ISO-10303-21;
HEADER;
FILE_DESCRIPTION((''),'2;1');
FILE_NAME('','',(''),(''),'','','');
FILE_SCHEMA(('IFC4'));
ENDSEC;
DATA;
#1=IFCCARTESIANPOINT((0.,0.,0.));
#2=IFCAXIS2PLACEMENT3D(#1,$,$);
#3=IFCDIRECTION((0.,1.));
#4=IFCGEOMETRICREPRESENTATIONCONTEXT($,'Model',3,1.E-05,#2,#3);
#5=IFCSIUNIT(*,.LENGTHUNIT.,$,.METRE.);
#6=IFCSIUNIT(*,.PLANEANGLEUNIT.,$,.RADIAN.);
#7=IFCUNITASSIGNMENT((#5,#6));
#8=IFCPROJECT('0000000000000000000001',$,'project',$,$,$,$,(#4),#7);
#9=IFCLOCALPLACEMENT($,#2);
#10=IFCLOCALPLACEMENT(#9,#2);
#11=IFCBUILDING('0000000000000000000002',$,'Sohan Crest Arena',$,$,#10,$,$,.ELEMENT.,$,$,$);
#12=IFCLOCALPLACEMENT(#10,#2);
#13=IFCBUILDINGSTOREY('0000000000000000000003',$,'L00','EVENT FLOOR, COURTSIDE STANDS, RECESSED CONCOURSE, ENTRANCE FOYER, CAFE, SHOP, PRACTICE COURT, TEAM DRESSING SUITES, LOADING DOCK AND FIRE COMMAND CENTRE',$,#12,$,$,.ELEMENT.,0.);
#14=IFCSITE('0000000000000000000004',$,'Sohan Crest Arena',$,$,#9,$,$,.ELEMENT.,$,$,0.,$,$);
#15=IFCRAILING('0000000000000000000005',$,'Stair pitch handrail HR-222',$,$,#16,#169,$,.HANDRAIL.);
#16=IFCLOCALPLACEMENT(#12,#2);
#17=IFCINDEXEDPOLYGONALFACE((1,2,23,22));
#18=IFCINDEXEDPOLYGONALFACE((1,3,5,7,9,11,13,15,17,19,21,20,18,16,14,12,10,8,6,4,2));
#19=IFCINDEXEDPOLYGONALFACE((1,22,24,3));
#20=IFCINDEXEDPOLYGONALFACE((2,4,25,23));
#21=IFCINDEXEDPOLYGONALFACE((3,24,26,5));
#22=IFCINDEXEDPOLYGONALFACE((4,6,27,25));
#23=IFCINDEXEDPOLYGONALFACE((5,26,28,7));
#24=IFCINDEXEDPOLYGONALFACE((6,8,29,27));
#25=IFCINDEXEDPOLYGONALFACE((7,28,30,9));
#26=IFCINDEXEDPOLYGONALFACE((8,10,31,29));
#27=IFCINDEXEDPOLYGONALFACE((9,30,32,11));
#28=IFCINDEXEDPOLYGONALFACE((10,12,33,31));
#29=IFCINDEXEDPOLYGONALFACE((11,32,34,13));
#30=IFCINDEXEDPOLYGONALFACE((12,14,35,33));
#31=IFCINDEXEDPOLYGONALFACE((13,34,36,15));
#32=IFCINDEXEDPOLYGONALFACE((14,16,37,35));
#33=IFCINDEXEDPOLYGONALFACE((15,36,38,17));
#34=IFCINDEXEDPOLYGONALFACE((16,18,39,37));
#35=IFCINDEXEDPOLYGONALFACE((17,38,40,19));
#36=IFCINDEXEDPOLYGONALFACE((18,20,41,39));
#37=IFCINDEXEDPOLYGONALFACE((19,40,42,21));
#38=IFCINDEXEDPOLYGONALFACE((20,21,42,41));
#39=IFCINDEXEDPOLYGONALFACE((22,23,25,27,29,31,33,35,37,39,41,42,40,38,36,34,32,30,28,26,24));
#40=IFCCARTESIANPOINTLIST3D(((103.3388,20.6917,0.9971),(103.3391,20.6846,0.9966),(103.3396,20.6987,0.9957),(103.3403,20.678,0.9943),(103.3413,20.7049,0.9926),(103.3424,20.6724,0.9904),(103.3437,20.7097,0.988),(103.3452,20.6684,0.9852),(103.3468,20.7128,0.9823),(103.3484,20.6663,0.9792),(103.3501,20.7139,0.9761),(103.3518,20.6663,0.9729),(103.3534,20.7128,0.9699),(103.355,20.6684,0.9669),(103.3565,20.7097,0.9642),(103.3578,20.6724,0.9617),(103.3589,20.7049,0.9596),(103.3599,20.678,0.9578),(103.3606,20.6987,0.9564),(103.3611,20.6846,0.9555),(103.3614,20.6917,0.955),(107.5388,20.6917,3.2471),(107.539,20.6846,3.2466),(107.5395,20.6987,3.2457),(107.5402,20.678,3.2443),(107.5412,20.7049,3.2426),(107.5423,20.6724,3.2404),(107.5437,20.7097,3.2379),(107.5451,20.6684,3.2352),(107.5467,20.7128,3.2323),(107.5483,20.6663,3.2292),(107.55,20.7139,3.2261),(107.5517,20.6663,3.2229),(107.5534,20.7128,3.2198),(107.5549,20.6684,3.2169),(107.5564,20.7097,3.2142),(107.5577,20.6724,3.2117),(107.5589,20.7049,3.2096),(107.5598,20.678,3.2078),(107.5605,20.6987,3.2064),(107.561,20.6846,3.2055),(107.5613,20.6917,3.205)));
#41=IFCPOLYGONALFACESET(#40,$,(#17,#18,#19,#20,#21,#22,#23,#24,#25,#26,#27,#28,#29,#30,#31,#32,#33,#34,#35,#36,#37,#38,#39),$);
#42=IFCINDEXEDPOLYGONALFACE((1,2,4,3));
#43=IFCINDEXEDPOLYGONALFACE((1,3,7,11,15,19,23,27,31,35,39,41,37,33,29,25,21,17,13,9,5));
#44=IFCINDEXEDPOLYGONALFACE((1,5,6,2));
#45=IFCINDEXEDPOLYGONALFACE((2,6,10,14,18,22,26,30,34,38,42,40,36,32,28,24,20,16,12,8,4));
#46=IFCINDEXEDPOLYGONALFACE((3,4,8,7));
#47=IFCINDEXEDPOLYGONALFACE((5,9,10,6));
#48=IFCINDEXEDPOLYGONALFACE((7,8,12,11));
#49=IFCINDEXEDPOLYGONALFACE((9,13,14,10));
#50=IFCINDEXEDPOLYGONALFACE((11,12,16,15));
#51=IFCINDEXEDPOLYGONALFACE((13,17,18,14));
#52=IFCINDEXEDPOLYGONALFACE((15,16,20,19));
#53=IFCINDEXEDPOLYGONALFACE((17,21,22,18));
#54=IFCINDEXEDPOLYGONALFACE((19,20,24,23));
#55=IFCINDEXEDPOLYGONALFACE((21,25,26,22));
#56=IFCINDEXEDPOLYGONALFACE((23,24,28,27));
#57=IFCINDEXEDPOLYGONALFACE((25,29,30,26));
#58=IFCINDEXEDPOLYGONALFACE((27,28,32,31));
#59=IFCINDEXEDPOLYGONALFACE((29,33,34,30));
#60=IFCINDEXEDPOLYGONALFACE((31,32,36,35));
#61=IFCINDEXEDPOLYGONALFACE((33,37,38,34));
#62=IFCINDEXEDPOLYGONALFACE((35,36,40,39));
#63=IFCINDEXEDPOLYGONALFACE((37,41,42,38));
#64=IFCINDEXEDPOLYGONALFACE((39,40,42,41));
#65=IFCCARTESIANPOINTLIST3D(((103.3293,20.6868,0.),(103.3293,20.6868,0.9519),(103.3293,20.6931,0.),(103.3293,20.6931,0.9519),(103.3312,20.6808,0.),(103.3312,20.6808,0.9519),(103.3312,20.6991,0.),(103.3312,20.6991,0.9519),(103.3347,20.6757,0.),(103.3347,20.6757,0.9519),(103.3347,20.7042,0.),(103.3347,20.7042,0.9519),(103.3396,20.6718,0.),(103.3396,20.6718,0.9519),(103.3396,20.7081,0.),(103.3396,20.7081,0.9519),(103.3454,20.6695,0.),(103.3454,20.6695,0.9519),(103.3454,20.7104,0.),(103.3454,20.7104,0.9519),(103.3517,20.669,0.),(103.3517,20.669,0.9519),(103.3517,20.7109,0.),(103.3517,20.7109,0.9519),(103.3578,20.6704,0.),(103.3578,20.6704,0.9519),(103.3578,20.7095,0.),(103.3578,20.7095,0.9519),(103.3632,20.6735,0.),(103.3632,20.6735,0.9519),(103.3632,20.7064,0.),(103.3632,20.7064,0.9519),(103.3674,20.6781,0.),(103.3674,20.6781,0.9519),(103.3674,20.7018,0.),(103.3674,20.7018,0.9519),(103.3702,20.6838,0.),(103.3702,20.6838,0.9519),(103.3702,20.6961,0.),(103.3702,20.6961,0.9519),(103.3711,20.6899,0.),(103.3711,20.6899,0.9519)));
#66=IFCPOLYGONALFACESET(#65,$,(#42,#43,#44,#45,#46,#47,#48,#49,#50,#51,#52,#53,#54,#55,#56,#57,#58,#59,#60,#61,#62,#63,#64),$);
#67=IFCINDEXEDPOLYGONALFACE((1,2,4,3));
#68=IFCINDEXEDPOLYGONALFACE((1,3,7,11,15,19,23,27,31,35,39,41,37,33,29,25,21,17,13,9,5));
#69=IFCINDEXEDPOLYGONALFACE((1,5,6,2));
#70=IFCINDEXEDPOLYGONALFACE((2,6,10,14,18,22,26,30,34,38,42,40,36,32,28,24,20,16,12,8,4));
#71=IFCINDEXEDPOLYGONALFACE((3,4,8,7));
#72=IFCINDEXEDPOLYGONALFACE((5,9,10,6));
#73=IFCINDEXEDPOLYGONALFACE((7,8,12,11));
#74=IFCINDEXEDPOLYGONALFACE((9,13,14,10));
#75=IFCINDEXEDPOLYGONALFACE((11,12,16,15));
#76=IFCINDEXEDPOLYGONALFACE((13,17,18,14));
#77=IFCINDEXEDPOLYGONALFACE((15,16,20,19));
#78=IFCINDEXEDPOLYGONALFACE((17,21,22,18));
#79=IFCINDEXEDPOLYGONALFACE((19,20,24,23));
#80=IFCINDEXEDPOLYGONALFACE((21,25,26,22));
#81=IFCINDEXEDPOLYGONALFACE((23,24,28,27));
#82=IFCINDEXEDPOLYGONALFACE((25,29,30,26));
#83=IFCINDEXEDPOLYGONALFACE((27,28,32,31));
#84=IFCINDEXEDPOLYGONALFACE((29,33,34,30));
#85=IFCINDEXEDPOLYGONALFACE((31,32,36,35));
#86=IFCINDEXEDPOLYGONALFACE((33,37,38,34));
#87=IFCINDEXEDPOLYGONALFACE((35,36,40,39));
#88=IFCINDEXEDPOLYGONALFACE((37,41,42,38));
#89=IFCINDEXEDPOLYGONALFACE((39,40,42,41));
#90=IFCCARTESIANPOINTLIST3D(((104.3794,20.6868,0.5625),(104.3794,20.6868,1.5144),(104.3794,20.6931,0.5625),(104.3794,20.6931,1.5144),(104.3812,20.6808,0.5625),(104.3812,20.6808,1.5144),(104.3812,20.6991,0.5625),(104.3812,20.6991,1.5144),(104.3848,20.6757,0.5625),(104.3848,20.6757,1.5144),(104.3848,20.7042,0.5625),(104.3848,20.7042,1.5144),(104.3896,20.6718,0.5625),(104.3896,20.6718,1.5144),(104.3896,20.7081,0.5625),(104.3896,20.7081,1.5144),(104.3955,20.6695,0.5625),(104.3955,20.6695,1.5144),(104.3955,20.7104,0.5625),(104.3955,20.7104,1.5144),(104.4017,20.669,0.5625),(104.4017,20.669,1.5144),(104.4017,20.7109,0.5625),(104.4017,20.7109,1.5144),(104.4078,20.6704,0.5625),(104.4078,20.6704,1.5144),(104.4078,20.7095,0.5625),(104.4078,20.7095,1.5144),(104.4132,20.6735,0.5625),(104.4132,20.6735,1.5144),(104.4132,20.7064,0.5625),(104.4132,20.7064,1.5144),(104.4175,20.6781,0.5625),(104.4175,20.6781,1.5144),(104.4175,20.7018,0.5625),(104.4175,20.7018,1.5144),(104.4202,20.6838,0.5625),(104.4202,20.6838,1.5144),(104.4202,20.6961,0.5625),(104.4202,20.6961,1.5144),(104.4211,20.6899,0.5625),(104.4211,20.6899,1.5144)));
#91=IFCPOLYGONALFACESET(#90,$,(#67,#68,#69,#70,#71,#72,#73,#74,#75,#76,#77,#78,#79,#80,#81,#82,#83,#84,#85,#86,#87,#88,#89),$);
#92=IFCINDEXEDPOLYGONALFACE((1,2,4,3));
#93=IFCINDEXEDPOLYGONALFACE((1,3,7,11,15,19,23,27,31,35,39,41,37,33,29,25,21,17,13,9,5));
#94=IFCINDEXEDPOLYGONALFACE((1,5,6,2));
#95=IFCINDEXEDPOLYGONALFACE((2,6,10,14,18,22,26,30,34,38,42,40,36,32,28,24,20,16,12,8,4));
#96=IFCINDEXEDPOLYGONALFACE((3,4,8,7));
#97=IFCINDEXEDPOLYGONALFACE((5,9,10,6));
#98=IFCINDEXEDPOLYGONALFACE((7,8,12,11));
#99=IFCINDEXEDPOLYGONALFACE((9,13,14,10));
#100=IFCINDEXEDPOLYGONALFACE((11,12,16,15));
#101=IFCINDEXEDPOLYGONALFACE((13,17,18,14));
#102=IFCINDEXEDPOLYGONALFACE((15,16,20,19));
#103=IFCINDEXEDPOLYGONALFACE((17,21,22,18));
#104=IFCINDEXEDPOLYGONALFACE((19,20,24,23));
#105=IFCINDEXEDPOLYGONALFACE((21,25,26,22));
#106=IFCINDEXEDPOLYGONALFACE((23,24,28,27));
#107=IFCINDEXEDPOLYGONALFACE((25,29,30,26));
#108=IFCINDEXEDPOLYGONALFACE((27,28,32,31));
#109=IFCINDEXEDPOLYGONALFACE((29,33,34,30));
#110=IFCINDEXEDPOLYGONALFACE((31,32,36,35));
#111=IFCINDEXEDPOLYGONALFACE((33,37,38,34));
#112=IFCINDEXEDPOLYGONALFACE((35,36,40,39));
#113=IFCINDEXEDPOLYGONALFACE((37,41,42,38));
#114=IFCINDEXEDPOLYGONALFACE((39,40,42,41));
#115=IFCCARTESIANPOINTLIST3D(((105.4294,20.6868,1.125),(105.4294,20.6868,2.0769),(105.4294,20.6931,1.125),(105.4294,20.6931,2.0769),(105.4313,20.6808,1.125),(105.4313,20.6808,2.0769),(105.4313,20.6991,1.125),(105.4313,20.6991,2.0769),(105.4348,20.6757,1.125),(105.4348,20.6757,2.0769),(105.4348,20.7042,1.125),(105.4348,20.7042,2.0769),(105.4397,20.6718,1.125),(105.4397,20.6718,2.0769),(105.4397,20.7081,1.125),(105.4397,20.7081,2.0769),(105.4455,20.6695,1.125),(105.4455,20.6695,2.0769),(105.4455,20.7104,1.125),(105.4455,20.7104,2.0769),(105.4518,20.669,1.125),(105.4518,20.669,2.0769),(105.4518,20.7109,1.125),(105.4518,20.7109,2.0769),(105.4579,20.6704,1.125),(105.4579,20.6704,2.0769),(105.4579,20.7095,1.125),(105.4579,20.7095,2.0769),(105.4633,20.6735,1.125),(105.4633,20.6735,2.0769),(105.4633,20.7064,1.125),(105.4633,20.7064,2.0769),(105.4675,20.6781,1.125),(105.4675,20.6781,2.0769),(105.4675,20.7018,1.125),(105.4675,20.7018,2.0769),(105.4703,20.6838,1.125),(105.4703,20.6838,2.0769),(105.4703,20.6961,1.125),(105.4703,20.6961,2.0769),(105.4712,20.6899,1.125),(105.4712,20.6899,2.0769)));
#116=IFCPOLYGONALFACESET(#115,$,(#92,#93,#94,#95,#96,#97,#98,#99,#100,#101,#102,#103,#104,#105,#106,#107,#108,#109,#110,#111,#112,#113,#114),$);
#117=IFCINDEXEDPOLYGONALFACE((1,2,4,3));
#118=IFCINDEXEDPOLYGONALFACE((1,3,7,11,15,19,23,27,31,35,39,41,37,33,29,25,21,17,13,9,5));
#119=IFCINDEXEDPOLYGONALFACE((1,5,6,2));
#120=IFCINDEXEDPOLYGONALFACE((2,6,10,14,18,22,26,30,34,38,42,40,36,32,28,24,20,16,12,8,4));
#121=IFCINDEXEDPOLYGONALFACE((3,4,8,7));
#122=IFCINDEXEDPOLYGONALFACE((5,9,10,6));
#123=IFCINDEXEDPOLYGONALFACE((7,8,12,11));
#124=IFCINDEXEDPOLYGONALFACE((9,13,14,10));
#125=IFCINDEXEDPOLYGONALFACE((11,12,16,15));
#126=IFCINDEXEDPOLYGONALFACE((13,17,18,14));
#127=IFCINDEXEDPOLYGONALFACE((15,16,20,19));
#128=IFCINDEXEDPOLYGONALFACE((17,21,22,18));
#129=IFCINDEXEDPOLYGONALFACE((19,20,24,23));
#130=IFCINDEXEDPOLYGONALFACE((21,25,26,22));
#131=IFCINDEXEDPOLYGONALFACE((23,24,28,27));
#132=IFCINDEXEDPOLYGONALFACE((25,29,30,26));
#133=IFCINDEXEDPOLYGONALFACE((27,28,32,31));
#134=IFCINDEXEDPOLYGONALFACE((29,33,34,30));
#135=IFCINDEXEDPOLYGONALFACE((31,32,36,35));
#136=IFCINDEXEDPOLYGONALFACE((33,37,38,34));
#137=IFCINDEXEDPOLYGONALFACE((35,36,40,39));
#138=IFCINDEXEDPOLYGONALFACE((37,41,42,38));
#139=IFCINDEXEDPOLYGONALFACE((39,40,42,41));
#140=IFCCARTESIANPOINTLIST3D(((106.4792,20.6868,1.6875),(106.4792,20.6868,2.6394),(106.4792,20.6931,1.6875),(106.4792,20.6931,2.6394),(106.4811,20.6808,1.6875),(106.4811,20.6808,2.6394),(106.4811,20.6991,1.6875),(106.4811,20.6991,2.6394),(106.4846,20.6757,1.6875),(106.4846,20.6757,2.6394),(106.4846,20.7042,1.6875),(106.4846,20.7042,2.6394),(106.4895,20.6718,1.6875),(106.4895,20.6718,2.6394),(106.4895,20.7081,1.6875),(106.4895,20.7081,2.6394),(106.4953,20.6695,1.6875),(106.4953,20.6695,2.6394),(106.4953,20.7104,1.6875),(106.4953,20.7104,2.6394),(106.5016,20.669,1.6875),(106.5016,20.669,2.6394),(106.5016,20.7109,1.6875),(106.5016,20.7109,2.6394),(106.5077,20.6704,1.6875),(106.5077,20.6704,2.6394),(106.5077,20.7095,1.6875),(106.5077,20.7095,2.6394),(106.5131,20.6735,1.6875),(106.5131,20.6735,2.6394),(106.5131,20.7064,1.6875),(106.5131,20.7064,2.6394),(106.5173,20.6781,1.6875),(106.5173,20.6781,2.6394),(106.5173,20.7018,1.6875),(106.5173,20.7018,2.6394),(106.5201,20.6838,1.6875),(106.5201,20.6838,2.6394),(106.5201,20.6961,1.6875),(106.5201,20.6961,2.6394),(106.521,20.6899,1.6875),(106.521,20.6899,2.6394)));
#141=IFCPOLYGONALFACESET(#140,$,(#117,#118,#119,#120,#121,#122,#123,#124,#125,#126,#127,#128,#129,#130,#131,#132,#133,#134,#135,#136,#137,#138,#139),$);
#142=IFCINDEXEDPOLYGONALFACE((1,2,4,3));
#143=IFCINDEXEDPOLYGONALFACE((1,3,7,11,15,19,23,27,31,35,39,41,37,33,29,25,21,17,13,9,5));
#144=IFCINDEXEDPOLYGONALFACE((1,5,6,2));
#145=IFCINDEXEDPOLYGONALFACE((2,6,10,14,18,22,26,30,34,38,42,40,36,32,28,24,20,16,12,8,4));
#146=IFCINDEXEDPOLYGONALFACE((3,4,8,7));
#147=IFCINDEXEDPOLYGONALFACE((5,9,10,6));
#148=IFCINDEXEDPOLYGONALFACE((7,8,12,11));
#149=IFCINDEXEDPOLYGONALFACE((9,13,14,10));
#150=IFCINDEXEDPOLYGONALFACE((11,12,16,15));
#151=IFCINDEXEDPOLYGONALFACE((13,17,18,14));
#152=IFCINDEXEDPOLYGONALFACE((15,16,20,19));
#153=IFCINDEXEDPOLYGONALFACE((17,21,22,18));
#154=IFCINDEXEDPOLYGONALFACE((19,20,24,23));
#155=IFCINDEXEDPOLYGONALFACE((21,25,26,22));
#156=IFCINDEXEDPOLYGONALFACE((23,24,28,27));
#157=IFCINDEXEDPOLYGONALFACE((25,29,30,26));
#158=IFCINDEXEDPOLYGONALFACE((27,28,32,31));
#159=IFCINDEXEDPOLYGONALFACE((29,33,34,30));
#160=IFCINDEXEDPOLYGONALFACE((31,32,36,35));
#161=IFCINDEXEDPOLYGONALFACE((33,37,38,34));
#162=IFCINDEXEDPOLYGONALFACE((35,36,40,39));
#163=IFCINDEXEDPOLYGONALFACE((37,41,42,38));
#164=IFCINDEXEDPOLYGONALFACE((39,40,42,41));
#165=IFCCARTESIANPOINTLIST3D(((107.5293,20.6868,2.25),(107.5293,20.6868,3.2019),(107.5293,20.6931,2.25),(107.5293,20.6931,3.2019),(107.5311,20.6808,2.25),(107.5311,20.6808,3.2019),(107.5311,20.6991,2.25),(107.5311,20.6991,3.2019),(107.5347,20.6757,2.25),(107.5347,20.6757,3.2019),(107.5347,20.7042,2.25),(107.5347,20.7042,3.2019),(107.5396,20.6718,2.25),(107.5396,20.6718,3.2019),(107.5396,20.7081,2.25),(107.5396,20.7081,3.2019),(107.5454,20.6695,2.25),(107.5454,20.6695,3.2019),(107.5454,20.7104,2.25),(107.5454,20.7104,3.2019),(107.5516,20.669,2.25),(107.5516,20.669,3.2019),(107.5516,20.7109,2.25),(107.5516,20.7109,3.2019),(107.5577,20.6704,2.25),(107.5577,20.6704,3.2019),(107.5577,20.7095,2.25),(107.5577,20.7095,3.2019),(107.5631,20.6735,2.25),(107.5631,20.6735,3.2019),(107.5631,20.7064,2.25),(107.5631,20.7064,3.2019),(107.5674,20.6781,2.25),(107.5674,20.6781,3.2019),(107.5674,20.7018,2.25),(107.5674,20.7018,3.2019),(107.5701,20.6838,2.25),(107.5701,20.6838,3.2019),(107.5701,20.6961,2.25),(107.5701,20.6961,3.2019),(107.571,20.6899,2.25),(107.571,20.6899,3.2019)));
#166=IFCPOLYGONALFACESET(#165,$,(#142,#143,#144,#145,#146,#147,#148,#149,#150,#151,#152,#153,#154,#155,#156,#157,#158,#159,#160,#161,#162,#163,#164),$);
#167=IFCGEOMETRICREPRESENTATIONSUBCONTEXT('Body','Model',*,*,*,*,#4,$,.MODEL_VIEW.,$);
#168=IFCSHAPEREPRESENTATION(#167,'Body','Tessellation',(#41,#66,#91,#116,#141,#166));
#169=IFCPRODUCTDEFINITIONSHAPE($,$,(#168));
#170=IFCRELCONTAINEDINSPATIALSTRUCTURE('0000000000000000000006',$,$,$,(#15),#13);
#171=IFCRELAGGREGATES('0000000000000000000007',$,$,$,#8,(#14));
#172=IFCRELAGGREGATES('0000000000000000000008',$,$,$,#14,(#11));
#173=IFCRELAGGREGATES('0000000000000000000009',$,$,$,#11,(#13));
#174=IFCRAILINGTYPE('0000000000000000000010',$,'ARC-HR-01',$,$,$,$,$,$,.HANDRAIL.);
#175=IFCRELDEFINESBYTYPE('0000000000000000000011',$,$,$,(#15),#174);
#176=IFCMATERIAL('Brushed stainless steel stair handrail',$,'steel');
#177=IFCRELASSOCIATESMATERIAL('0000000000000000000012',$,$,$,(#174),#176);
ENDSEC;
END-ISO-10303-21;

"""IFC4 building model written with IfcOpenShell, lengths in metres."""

from ifc_helpers import new_model, si_unit, direction, frame, origin, origin_2d, place, context, subcontext, project, spatial, circle, extrude, material, type_object, element, save


model = new_model("IFC4")

# Units and contexts
model_context = context("Model", 3, precision=1e-05, world=origin(), true_north=direction((0.0, 1.0)))
body_context = subcontext(model_context, "Body", "Model", "MODEL_VIEW")
ifc_project = project(units=[si_unit("LENGTHUNIT", "METRE"), si_unit("PLANEANGLEUNIT", "RADIAN")], contexts=[model_context])

# Site, building, storey
site_placement = place(None, origin())
site = spatial("IfcSite", under=ifc_project, at=site_placement, Name="Sohan Crest Arena", CompositionType="ELEMENT", RefElevation=0.0)
building_placement = place(site_placement, origin())
building = spatial("IfcBuilding", under=site, at=building_placement, Name="Sohan Crest Arena", CompositionType="ELEMENT")
storey_placement = place(building_placement, origin())
storey = spatial("IfcBuildingStorey", under=building, at=storey_placement, Name="L00", Description="EVENT FLOOR, COURTSIDE STANDS, RECESSED CONCOURSE, ENTRANCE FOYER, CAFE, SHOP, PRACTICE COURT, TEAM DRESSING SUITES, LOADING DOCK AND FIRE COMMAND CENTRE", CompositionType="ELEMENT", Elevation=0.0)

# Railing
ifc_material_1 = material(Name="Brushed stainless steel stair handrail", Category="steel")
railing_type_1 = type_object("IfcRailingType", Name="ARC-HR-01", PredefinedType="HANDRAIL", material=ifc_material_1)
for number, where, name in (
    (1, (103.3501, 20.6899, 0.0), "Stair pitch handrail HR-222"),
):
    element("IfcRailing", number, at=place(storey_placement, frame(where)), inside=storey, type_object=railing_type_1, Name=name, PredefinedType="HANDRAIL", context=body_context, shape_type="SweptSolid", body=[
        extrude(circle(Radius=0.0239, at=origin_2d()), frame((0.0, 0.0, 0.9761), z_axis=(0.881478, 0.0, 0.472226), x_axis=(0.0, 1.0, 0.0)), (0.0, 0.0, 1.0), 4.7646),
        extrude(circle(Radius=0.021, at=origin_2d()), origin(), (0.0, 0.0, 1.0), 0.9519),
        extrude(circle(Radius=0.021, at=origin_2d()), frame((1.05, 0.0, 0.5625)), (0.0, 0.0, 1.0), 0.9519),
        extrude(circle(Radius=0.021, at=origin_2d()), frame((2.1001, 0.0, 1.125)), (0.0, 0.0, 1.0), 0.9519),
        extrude(circle(Radius=0.021, at=origin_2d()), frame((3.1499, 0.0, 1.6875)), (0.0, 0.0, 1.0), 0.9519),
        extrude(circle(Radius=0.021, at=origin_2d()), frame((4.2, 0.0, 2.25)), (0.0, 0.0, 1.0), 0.9519),
    ])

save(model, "model.ifc")
